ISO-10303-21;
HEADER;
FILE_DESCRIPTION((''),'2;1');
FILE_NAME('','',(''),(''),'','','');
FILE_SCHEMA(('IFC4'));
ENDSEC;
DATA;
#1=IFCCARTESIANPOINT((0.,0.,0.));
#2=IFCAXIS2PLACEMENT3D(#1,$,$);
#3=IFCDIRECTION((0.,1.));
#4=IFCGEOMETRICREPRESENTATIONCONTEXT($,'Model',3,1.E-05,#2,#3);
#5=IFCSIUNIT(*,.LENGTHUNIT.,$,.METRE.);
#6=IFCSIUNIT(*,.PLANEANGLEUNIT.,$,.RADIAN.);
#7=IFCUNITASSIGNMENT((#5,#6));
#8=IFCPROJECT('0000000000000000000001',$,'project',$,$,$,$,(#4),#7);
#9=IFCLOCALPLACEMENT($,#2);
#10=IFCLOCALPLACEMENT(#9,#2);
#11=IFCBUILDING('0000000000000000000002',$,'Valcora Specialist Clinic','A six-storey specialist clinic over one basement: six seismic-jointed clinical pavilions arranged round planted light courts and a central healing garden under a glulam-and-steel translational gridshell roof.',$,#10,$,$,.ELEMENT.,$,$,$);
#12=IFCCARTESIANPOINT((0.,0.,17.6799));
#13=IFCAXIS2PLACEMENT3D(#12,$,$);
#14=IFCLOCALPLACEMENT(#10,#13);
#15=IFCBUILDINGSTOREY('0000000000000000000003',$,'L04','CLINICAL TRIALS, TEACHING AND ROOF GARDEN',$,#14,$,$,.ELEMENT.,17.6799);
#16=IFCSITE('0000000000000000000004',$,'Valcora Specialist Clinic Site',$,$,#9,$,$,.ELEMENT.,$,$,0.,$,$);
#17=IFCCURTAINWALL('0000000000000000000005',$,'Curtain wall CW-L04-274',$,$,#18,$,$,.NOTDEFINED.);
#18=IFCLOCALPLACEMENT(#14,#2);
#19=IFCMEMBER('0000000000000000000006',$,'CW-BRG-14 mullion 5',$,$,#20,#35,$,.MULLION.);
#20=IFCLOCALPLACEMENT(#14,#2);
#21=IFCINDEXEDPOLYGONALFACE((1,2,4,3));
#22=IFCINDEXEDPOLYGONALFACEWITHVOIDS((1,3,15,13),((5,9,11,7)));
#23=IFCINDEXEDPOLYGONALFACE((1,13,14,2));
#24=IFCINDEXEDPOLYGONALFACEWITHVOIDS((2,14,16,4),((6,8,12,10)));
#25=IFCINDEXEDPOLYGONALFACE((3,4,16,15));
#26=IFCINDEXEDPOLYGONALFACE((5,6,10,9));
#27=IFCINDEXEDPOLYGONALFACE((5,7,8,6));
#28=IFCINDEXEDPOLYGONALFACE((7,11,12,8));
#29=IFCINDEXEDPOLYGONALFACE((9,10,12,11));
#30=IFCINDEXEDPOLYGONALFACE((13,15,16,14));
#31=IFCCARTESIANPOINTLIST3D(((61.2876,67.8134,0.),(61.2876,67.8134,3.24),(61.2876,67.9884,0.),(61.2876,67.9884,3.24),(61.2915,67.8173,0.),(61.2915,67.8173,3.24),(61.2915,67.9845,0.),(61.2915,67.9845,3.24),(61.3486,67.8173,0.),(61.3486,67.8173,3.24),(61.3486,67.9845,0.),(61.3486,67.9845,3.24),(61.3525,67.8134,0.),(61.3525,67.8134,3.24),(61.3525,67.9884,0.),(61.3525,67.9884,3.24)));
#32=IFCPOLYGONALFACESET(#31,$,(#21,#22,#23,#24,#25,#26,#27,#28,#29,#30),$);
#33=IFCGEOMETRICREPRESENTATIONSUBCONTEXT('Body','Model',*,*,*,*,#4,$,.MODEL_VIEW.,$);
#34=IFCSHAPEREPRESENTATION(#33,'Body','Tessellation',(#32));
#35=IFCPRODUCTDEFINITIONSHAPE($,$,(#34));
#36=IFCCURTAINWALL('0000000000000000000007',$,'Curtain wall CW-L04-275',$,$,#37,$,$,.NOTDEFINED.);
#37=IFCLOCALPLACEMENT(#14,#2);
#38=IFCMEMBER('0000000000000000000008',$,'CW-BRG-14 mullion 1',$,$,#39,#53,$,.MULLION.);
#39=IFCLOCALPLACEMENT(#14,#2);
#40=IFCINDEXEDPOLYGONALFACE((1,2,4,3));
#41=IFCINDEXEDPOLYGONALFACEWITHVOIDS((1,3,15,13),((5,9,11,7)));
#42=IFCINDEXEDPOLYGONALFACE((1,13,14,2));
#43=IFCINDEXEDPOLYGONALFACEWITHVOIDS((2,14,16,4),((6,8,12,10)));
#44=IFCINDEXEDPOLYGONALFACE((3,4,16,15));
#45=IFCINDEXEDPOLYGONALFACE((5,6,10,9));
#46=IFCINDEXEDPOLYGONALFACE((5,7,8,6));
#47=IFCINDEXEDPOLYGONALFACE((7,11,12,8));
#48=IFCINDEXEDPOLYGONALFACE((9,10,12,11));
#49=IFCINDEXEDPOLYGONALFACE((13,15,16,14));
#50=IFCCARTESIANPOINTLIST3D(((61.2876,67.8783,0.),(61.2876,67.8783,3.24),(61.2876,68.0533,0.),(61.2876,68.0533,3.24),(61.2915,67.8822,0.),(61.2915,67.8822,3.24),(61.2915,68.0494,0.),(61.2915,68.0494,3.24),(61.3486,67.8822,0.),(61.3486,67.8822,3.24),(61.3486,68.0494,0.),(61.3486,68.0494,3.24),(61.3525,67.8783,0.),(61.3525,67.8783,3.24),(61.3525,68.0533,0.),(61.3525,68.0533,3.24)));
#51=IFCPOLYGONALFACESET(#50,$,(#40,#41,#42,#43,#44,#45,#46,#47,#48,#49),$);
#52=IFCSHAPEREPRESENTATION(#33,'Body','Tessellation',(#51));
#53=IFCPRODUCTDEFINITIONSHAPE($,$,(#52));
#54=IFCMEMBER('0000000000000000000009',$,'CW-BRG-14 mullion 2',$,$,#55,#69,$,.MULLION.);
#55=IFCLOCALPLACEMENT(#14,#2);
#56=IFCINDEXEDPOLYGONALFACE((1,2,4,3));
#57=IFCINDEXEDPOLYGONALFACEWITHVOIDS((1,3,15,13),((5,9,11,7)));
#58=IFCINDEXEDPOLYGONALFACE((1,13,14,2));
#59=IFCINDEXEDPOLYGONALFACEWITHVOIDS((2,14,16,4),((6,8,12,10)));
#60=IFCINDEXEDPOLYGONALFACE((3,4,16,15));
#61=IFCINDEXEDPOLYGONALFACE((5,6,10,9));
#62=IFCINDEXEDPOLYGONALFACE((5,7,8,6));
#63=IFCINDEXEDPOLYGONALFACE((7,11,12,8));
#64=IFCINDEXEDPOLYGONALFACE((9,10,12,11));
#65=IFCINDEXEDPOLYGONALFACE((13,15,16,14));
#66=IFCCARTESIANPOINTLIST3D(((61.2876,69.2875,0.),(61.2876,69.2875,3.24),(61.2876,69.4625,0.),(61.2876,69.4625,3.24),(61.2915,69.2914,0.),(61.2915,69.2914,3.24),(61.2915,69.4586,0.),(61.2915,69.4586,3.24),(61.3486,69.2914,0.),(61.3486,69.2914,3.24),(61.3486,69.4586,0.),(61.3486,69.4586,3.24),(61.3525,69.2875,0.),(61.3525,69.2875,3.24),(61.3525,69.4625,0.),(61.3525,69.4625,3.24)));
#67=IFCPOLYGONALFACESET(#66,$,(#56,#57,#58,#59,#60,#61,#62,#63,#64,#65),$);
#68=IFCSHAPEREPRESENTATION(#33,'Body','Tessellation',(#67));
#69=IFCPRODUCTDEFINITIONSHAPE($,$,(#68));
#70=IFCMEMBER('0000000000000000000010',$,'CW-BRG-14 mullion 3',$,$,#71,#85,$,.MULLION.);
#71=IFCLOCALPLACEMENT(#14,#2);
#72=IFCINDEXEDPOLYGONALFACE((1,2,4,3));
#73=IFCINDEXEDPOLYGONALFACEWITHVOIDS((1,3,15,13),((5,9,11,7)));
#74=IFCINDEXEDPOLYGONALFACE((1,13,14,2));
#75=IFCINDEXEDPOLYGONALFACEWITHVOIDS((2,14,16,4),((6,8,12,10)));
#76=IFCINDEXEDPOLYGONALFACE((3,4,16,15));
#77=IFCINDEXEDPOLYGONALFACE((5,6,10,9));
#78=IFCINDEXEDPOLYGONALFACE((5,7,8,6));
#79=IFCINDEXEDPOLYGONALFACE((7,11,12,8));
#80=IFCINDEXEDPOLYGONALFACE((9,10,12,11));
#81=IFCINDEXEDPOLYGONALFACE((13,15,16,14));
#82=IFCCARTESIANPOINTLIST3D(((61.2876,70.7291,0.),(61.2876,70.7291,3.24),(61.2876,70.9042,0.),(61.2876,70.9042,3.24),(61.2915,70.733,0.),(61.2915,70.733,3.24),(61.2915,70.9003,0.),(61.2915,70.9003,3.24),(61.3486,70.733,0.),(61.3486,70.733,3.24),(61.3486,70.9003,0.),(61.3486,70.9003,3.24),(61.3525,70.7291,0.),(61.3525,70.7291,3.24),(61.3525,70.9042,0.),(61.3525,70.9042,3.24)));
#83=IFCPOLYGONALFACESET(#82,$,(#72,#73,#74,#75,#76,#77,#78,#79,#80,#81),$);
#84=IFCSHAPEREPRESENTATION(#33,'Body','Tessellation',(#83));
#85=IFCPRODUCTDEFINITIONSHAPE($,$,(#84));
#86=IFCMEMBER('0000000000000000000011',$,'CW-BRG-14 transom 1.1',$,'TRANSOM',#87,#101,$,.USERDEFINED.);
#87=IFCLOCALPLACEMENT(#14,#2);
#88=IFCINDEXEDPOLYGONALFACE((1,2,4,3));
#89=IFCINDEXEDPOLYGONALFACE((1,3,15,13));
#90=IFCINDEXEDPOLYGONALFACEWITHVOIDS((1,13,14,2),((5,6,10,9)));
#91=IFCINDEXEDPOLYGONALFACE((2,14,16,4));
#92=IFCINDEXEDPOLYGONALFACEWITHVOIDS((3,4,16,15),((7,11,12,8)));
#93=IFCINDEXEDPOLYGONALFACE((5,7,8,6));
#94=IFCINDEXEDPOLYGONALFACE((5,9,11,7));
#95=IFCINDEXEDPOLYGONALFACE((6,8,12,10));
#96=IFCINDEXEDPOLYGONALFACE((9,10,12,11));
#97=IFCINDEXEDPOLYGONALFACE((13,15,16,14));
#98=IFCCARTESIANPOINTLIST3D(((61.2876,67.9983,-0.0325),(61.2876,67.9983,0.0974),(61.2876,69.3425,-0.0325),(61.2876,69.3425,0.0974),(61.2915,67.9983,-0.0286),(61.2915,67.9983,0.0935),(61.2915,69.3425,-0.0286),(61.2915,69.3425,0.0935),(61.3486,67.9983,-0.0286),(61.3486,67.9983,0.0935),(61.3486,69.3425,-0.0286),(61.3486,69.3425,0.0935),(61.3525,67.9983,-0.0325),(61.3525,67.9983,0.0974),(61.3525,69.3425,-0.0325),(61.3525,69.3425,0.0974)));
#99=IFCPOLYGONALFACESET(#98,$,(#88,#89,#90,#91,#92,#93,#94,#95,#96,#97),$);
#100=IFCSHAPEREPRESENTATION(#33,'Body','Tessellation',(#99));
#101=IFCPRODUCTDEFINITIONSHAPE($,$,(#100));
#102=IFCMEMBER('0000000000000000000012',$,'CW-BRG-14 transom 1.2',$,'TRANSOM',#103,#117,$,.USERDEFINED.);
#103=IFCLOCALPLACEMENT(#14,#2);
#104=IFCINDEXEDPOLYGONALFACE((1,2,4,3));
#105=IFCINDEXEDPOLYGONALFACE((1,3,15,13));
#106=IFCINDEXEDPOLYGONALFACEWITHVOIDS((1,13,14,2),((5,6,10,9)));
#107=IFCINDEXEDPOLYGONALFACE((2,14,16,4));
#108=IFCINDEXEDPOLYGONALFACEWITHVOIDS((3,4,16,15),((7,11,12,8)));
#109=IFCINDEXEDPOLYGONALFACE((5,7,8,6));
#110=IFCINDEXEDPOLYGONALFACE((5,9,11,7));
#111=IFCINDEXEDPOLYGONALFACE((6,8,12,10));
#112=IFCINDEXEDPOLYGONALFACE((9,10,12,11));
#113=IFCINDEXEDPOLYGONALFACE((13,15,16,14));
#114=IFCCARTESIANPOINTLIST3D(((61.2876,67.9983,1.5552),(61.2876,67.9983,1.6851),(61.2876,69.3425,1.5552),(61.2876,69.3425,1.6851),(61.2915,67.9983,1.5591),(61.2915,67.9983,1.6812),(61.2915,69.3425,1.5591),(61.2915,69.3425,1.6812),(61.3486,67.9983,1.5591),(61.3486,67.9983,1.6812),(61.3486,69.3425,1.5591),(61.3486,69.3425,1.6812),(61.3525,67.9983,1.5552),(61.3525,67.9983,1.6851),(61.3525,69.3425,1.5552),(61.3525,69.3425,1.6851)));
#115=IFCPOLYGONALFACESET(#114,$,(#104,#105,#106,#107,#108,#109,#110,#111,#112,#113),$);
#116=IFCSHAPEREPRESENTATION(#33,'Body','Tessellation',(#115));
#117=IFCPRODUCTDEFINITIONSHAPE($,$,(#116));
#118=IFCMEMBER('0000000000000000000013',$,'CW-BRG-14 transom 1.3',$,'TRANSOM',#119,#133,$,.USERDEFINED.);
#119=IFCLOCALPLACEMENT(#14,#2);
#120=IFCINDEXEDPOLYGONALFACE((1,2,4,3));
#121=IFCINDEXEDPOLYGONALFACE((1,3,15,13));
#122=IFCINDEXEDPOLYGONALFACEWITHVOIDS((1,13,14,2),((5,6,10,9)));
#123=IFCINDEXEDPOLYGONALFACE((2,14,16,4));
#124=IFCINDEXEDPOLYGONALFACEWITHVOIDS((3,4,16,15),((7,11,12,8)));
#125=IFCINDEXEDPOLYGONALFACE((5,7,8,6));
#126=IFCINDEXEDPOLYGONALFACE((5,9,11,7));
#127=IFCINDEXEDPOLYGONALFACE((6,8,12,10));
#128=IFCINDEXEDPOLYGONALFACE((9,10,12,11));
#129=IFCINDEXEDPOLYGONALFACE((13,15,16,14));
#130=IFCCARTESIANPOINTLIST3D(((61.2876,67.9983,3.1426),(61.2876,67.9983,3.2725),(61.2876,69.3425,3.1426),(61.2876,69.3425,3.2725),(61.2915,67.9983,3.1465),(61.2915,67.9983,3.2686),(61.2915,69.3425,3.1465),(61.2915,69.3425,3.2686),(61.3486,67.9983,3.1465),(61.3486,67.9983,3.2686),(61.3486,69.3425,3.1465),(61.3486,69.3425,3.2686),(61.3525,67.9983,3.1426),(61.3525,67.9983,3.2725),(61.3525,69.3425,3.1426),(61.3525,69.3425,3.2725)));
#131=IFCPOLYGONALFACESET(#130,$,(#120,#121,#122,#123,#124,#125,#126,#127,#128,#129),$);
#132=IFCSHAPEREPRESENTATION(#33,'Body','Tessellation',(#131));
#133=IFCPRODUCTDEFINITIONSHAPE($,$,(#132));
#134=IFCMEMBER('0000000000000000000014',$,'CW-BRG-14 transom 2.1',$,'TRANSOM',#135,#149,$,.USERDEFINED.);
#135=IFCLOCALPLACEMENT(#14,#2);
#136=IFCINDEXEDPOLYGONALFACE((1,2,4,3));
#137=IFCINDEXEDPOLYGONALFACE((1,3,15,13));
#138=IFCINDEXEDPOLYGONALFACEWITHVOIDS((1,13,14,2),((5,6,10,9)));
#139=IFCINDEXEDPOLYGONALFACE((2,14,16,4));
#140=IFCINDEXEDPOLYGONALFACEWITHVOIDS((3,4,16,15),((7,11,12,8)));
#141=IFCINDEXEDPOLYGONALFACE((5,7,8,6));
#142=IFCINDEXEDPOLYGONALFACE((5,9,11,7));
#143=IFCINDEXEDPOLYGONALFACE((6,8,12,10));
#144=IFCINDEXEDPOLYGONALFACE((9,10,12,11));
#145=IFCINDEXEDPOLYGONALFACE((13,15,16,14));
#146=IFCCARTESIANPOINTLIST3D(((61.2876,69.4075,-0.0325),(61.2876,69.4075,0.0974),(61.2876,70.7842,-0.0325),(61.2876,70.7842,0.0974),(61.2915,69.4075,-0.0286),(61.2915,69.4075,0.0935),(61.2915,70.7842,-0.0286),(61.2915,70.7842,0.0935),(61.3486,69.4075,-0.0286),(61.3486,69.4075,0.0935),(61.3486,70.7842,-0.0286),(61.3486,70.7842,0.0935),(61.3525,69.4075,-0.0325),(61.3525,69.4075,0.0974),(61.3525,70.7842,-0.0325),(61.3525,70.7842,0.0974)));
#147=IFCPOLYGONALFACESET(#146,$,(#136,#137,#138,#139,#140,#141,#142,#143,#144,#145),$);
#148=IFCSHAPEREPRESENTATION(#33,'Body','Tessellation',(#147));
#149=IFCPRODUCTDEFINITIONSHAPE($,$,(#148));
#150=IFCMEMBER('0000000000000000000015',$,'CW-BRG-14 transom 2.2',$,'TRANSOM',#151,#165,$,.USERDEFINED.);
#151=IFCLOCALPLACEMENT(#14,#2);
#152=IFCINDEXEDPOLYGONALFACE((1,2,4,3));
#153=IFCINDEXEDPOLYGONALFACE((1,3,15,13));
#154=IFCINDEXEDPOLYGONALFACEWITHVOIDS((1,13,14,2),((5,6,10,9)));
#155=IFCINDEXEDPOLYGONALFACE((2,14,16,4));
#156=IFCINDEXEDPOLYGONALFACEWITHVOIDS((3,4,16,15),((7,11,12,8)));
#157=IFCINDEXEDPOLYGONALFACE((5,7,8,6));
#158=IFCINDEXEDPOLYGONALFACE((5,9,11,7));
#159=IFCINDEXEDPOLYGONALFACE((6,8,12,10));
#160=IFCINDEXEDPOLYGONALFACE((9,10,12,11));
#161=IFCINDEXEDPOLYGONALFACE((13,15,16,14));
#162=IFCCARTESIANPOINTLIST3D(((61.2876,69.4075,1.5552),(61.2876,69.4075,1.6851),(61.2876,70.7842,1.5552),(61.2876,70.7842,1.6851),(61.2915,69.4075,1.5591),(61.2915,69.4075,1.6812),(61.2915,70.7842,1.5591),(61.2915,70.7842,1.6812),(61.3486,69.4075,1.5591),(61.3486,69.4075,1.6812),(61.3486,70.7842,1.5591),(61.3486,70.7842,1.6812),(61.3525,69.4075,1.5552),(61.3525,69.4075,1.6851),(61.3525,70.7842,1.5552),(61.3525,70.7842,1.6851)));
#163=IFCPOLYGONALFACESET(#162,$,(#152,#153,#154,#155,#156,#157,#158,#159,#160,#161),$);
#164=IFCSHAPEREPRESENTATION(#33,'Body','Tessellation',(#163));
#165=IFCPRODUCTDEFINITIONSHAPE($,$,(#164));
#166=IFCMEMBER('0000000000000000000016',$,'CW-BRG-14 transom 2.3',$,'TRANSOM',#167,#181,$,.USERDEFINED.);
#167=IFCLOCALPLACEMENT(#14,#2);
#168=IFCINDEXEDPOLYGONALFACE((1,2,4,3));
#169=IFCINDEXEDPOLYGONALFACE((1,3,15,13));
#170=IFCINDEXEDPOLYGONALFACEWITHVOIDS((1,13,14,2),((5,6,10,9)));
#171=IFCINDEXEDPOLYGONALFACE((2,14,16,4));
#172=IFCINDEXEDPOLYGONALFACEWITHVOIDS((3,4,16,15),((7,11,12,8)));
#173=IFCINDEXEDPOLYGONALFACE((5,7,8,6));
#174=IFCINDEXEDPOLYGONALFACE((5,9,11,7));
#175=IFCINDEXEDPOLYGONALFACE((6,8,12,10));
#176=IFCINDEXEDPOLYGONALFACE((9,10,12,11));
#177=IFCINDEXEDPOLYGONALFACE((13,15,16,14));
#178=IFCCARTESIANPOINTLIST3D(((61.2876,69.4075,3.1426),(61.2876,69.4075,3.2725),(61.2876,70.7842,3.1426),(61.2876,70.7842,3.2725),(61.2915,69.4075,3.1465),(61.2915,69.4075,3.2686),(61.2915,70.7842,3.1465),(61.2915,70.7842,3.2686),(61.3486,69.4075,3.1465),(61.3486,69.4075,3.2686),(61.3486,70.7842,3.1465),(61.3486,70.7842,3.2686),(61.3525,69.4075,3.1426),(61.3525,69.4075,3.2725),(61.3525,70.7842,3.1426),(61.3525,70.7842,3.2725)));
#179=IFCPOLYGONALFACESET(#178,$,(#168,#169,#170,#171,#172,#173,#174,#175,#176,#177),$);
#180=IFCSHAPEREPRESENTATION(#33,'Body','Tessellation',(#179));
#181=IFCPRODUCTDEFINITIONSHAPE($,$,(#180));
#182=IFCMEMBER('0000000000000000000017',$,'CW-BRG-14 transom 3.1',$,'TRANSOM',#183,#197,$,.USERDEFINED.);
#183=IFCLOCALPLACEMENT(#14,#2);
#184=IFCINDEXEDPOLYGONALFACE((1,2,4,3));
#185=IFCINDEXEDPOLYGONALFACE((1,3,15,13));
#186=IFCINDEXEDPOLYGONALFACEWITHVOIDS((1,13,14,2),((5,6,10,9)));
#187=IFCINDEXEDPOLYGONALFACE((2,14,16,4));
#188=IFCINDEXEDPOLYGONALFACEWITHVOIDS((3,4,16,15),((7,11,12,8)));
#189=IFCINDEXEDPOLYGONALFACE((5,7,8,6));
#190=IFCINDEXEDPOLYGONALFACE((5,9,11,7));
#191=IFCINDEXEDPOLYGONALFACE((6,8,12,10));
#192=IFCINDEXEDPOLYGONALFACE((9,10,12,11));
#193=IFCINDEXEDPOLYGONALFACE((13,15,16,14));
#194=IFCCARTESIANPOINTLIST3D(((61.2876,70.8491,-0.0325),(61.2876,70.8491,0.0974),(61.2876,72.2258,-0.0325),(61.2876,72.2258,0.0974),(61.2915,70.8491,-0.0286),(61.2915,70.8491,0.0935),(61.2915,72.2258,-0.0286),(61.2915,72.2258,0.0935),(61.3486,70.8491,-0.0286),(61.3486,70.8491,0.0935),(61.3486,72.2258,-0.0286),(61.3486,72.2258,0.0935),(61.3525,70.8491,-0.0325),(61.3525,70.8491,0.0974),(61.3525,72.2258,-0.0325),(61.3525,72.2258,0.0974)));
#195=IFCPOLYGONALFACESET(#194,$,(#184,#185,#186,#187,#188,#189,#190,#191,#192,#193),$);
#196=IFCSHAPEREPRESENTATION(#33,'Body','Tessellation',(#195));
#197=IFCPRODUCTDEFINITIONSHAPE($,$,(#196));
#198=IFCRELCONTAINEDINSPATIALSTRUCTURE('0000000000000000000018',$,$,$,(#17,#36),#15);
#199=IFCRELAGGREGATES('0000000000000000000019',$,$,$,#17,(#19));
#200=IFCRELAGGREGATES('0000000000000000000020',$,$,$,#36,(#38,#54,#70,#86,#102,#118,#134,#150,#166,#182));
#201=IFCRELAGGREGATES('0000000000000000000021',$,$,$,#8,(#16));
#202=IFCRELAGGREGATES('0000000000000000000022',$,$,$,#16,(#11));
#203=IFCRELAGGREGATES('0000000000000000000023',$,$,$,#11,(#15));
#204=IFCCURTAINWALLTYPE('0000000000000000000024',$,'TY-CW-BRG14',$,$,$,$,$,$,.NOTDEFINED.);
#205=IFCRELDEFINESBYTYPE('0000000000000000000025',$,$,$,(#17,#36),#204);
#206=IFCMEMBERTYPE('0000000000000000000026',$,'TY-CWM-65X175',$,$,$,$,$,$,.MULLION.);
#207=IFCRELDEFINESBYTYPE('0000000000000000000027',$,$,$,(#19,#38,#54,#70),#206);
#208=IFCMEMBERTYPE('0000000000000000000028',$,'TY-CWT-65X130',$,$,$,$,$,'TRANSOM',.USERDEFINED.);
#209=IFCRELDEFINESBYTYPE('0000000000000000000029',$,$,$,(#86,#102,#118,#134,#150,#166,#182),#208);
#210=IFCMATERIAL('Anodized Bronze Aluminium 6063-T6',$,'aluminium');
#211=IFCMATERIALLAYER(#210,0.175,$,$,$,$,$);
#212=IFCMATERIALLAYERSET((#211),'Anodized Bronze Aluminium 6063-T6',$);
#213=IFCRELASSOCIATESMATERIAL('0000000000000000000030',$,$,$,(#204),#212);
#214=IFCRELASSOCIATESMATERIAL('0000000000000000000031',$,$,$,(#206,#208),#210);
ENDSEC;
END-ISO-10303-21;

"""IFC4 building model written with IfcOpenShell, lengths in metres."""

from ifc_helpers import new_model, si_unit, direction, frame, origin, origin_2d, place, context, subcontext, project, spatial, hollow_rectangle, extrude, material, layer, layer_set, material_profile, profile_set, type_object, element, aggregate, save


model = new_model("IFC4")

# Units and contexts
model_context = context("Model", 3, precision=1e-05, world=origin(), true_north=direction((0.0, 1.0)))
body_context = subcontext(model_context, "Body", "Model", "MODEL_VIEW")
ifc_project = project(units=[si_unit("LENGTHUNIT", "METRE"), si_unit("PLANEANGLEUNIT", "RADIAN")], contexts=[model_context])

# Site, building, storey
site_placement = place(None, origin())
site = spatial("IfcSite", under=ifc_project, at=site_placement, Name="Valcora Specialist Clinic Site", CompositionType="ELEMENT", RefElevation=0.0)
building_placement = place(site_placement, origin())
building = spatial("IfcBuilding", under=site, at=building_placement, Name="Valcora Specialist Clinic", Description="A six-storey specialist clinic over one basement: six seismic-jointed clinical pavilions arranged round planted light courts and a central healing garden under a glulam-and-steel translational gridshell roof.", CompositionType="ELEMENT")
storey_placement = place(building_placement, frame((0.0, 0.0, 17.6799)))
storey = spatial("IfcBuildingStorey", under=building, at=storey_placement, Name="L04", Description="CLINICAL TRIALS, TEACHING AND ROOF GARDEN", CompositionType="ELEMENT", Elevation=17.6799)

# Curtain wall, member
ifc_material_1 = material(Name="Anodized Bronze Aluminium 6063-T6", Category="aluminium")
ifc_layer_1 = layer(ifc_material_1, 0.175)
ifc_layer_set_1 = layer_set([ifc_layer_1], Name="Anodized Bronze Aluminium 6063-T6")
curtain_wall_type = type_object("IfcCurtainWallType", Name="TY-CW-BRG14", PredefinedType="NOTDEFINED", material=ifc_layer_set_1)
curtain_wall_1_placement = place(storey_placement, origin())
curtain_wall_1 = element("IfcCurtainWall", 1, at=curtain_wall_1_placement, inside=storey, type_object=curtain_wall_type, Name="Curtain wall CW-L04-274", PredefinedType="NOTDEFINED")
ifc_material_profile_1 = material_profile(ifc_material_1, hollow_rectangle(XDim=0.0649, YDim=0.175, WallThickness=0.0039, at=origin_2d()), Name="AL-MUL-65X175")
ifc_profile_set_1 = profile_set([ifc_material_profile_1], Name="Anodized Bronze Aluminium 6063-T6")
member_type_1 = type_object("IfcMemberType", Name="TY-CWM-65X175", PredefinedType="MULLION", material=ifc_profile_set_1)
member_1_placement = place(storey_placement, frame((61.3201, 67.9009, 0.0), z_axis=(0.0, 0.0, 1.0), x_axis=(-1.0, 0.0, 0.0)))
member_1 = element("IfcMember", 2, at=member_1_placement, type_object=member_type_1, Name="CW-BRG-14 mullion 5", PredefinedType="MULLION", context=body_context, shape_type="SweptSolid", body=[
    extrude(hollow_rectangle(XDim=0.0649, YDim=0.175, WallThickness=0.0039, at=origin_2d()), origin(), (0.0, 0.0, 1.0), 3.24),
])

# Curtain wall, members
curtain_wall_2_placement = place(storey_placement, origin())
curtain_wall_2 = element("IfcCurtainWall", 3, at=curtain_wall_2_placement, inside=storey, type_object=curtain_wall_type, Name="Curtain wall CW-L04-275", PredefinedType="NOTDEFINED")
member_2_placement = place(storey_placement, frame((61.3201, 67.9658, 0.0), z_axis=(0.0, 0.0, 1.0), x_axis=(-1.0, 0.0, 0.0)))
member_2 = element("IfcMember", 4, at=member_2_placement, type_object=member_type_1, Name="CW-BRG-14 mullion 1", PredefinedType="MULLION", context=body_context, shape_type="SweptSolid", body=[
    extrude(hollow_rectangle(XDim=0.0649, YDim=0.175, WallThickness=0.0039, at=origin_2d()), origin(), (0.0, 0.0, 1.0), 3.24),
])
member_3_placement = place(storey_placement, frame((61.3201, 69.375, 0.0), z_axis=(0.0, 0.0, 1.0), x_axis=(-1.0, 0.0, 0.0)))
member_3 = element("IfcMember", 5, at=member_3_placement, type_object=member_type_1, Name="CW-BRG-14 mullion 2", PredefinedType="MULLION", context=body_context, shape_type="SweptSolid", body=[
    extrude(hollow_rectangle(XDim=0.0649, YDim=0.175, WallThickness=0.0039, at=origin_2d()), origin(), (0.0, 0.0, 1.0), 3.24),
])
member_4_placement = place(storey_placement, frame((61.3201, 70.8167, 0.0), z_axis=(0.0, 0.0, 1.0), x_axis=(-1.0, 0.0, 0.0)))
member_4 = element("IfcMember", 6, at=member_4_placement, type_object=member_type_1, Name="CW-BRG-14 mullion 3", PredefinedType="MULLION", context=body_context, shape_type="SweptSolid", body=[
    extrude(hollow_rectangle(XDim=0.0649, YDim=0.175, WallThickness=0.0039, at=origin_2d()), origin(), (0.0, 0.0, 1.0), 3.24),
])
ifc_material_profile_2 = material_profile(ifc_material_1, hollow_rectangle(XDim=0.0649, YDim=0.1299, WallThickness=0.0039, at=origin_2d()), Name="AL-TRN-65X130")
ifc_profile_set_2 = profile_set([ifc_material_profile_2], Name="Anodized Bronze Aluminium 6063-T6")
member_type_2 = type_object("IfcMemberType", Name="TY-CWT-65X130", ElementType="TRANSOM", PredefinedType="USERDEFINED", material=ifc_profile_set_2)
member_5_placement = place(storey_placement, frame((61.3201, 67.9983, 0.0325), z_axis=(0.0, 1.0, 0.0), x_axis=(-1.0, 0.0, 0.0)))
member_5 = element("IfcMember", 7, at=member_5_placement, type_object=member_type_2, Name="CW-BRG-14 transom 1.1", ObjectType="TRANSOM", PredefinedType="USERDEFINED", context=body_context, shape_type="SweptSolid", body=[
    extrude(hollow_rectangle(XDim=0.0649, YDim=0.1299, WallThickness=0.0039, at=origin_2d()), origin(), (0.0, 0.0, 1.0), 1.3442),
])
member_6_placement = place(storey_placement, frame((61.3201, 67.9983, 1.6201), z_axis=(0.0, 1.0, 0.0), x_axis=(-1.0, 0.0, 0.0)))
member_6 = element("IfcMember", 8, at=member_6_placement, type_object=member_type_2, Name="CW-BRG-14 transom 1.2", ObjectType="TRANSOM", PredefinedType="USERDEFINED", context=body_context, shape_type="SweptSolid", body=[
    extrude(hollow_rectangle(XDim=0.0649, YDim=0.1299, WallThickness=0.0039, at=origin_2d()), origin(), (0.0, 0.0, 1.0), 1.3442),
])
member_7_placement = place(storey_placement, frame((61.3201, 67.9983, 3.2075), z_axis=(0.0, 1.0, 0.0), x_axis=(-1.0, 0.0, 0.0)))
member_7 = element("IfcMember", 9, at=member_7_placement, type_object=member_type_2, Name="CW-BRG-14 transom 1.3", ObjectType="TRANSOM", PredefinedType="USERDEFINED", context=body_context, shape_type="SweptSolid", body=[
    extrude(hollow_rectangle(XDim=0.0649, YDim=0.1299, WallThickness=0.0039, at=origin_2d()), origin(), (0.0, 0.0, 1.0), 1.3442),
])
member_8_placement = place(storey_placement, frame((61.3201, 69.4075, 0.0325), z_axis=(0.0, 1.0, 0.0), x_axis=(-1.0, 0.0, 0.0)))
member_8 = element("IfcMember", 10, at=member_8_placement, type_object=member_type_2, Name="CW-BRG-14 transom 2.1", ObjectType="TRANSOM", PredefinedType="USERDEFINED", context=body_context, shape_type="SweptSolid", body=[
    extrude(hollow_rectangle(XDim=0.0649, YDim=0.1299, WallThickness=0.0039, at=origin_2d()), origin(), (0.0, 0.0, 1.0), 1.3767),
])
member_9_placement = place(storey_placement, frame((61.3201, 69.4075, 1.6201), z_axis=(0.0, 1.0, 0.0), x_axis=(-1.0, 0.0, 0.0)))
member_9 = element("IfcMember", 11, at=member_9_placement, type_object=member_type_2, Name="CW-BRG-14 transom 2.2", ObjectType="TRANSOM", PredefinedType="USERDEFINED", context=body_context, shape_type="SweptSolid", body=[
    extrude(hollow_rectangle(XDim=0.0649, YDim=0.1299, WallThickness=0.0039, at=origin_2d()), origin(), (0.0, 0.0, 1.0), 1.3767),
])
member_10_placement = place(storey_placement, frame((61.3201, 69.4075, 3.2075), z_axis=(0.0, 1.0, 0.0), x_axis=(-1.0, 0.0, 0.0)))
member_10 = element("IfcMember", 12, at=member_10_placement, type_object=member_type_2, Name="CW-BRG-14 transom 2.3", ObjectType="TRANSOM", PredefinedType="USERDEFINED", context=body_context, shape_type="SweptSolid", body=[
    extrude(hollow_rectangle(XDim=0.0649, YDim=0.1299, WallThickness=0.0039, at=origin_2d()), origin(), (0.0, 0.0, 1.0), 1.3767),
])
member_11_placement = place(storey_placement, frame((61.3201, 70.8491, 0.0325), z_axis=(0.0, 1.0, 0.0), x_axis=(-1.0, 0.0, 0.0)))
member_11 = element("IfcMember", 13, at=member_11_placement, type_object=member_type_2, Name="CW-BRG-14 transom 3.1", ObjectType="TRANSOM", PredefinedType="USERDEFINED", context=body_context, shape_type="SweptSolid", body=[
    extrude(hollow_rectangle(XDim=0.0649, YDim=0.1299, WallThickness=0.0039, at=origin_2d()), origin(), (0.0, 0.0, 1.0), 1.3767),
])

aggregate(curtain_wall_1, [member_1])
aggregate(curtain_wall_2, [member_2, member_3, member_4, member_5, member_6, member_7, member_8, member_9, member_10, member_11])

save(model, "model.ifc")
